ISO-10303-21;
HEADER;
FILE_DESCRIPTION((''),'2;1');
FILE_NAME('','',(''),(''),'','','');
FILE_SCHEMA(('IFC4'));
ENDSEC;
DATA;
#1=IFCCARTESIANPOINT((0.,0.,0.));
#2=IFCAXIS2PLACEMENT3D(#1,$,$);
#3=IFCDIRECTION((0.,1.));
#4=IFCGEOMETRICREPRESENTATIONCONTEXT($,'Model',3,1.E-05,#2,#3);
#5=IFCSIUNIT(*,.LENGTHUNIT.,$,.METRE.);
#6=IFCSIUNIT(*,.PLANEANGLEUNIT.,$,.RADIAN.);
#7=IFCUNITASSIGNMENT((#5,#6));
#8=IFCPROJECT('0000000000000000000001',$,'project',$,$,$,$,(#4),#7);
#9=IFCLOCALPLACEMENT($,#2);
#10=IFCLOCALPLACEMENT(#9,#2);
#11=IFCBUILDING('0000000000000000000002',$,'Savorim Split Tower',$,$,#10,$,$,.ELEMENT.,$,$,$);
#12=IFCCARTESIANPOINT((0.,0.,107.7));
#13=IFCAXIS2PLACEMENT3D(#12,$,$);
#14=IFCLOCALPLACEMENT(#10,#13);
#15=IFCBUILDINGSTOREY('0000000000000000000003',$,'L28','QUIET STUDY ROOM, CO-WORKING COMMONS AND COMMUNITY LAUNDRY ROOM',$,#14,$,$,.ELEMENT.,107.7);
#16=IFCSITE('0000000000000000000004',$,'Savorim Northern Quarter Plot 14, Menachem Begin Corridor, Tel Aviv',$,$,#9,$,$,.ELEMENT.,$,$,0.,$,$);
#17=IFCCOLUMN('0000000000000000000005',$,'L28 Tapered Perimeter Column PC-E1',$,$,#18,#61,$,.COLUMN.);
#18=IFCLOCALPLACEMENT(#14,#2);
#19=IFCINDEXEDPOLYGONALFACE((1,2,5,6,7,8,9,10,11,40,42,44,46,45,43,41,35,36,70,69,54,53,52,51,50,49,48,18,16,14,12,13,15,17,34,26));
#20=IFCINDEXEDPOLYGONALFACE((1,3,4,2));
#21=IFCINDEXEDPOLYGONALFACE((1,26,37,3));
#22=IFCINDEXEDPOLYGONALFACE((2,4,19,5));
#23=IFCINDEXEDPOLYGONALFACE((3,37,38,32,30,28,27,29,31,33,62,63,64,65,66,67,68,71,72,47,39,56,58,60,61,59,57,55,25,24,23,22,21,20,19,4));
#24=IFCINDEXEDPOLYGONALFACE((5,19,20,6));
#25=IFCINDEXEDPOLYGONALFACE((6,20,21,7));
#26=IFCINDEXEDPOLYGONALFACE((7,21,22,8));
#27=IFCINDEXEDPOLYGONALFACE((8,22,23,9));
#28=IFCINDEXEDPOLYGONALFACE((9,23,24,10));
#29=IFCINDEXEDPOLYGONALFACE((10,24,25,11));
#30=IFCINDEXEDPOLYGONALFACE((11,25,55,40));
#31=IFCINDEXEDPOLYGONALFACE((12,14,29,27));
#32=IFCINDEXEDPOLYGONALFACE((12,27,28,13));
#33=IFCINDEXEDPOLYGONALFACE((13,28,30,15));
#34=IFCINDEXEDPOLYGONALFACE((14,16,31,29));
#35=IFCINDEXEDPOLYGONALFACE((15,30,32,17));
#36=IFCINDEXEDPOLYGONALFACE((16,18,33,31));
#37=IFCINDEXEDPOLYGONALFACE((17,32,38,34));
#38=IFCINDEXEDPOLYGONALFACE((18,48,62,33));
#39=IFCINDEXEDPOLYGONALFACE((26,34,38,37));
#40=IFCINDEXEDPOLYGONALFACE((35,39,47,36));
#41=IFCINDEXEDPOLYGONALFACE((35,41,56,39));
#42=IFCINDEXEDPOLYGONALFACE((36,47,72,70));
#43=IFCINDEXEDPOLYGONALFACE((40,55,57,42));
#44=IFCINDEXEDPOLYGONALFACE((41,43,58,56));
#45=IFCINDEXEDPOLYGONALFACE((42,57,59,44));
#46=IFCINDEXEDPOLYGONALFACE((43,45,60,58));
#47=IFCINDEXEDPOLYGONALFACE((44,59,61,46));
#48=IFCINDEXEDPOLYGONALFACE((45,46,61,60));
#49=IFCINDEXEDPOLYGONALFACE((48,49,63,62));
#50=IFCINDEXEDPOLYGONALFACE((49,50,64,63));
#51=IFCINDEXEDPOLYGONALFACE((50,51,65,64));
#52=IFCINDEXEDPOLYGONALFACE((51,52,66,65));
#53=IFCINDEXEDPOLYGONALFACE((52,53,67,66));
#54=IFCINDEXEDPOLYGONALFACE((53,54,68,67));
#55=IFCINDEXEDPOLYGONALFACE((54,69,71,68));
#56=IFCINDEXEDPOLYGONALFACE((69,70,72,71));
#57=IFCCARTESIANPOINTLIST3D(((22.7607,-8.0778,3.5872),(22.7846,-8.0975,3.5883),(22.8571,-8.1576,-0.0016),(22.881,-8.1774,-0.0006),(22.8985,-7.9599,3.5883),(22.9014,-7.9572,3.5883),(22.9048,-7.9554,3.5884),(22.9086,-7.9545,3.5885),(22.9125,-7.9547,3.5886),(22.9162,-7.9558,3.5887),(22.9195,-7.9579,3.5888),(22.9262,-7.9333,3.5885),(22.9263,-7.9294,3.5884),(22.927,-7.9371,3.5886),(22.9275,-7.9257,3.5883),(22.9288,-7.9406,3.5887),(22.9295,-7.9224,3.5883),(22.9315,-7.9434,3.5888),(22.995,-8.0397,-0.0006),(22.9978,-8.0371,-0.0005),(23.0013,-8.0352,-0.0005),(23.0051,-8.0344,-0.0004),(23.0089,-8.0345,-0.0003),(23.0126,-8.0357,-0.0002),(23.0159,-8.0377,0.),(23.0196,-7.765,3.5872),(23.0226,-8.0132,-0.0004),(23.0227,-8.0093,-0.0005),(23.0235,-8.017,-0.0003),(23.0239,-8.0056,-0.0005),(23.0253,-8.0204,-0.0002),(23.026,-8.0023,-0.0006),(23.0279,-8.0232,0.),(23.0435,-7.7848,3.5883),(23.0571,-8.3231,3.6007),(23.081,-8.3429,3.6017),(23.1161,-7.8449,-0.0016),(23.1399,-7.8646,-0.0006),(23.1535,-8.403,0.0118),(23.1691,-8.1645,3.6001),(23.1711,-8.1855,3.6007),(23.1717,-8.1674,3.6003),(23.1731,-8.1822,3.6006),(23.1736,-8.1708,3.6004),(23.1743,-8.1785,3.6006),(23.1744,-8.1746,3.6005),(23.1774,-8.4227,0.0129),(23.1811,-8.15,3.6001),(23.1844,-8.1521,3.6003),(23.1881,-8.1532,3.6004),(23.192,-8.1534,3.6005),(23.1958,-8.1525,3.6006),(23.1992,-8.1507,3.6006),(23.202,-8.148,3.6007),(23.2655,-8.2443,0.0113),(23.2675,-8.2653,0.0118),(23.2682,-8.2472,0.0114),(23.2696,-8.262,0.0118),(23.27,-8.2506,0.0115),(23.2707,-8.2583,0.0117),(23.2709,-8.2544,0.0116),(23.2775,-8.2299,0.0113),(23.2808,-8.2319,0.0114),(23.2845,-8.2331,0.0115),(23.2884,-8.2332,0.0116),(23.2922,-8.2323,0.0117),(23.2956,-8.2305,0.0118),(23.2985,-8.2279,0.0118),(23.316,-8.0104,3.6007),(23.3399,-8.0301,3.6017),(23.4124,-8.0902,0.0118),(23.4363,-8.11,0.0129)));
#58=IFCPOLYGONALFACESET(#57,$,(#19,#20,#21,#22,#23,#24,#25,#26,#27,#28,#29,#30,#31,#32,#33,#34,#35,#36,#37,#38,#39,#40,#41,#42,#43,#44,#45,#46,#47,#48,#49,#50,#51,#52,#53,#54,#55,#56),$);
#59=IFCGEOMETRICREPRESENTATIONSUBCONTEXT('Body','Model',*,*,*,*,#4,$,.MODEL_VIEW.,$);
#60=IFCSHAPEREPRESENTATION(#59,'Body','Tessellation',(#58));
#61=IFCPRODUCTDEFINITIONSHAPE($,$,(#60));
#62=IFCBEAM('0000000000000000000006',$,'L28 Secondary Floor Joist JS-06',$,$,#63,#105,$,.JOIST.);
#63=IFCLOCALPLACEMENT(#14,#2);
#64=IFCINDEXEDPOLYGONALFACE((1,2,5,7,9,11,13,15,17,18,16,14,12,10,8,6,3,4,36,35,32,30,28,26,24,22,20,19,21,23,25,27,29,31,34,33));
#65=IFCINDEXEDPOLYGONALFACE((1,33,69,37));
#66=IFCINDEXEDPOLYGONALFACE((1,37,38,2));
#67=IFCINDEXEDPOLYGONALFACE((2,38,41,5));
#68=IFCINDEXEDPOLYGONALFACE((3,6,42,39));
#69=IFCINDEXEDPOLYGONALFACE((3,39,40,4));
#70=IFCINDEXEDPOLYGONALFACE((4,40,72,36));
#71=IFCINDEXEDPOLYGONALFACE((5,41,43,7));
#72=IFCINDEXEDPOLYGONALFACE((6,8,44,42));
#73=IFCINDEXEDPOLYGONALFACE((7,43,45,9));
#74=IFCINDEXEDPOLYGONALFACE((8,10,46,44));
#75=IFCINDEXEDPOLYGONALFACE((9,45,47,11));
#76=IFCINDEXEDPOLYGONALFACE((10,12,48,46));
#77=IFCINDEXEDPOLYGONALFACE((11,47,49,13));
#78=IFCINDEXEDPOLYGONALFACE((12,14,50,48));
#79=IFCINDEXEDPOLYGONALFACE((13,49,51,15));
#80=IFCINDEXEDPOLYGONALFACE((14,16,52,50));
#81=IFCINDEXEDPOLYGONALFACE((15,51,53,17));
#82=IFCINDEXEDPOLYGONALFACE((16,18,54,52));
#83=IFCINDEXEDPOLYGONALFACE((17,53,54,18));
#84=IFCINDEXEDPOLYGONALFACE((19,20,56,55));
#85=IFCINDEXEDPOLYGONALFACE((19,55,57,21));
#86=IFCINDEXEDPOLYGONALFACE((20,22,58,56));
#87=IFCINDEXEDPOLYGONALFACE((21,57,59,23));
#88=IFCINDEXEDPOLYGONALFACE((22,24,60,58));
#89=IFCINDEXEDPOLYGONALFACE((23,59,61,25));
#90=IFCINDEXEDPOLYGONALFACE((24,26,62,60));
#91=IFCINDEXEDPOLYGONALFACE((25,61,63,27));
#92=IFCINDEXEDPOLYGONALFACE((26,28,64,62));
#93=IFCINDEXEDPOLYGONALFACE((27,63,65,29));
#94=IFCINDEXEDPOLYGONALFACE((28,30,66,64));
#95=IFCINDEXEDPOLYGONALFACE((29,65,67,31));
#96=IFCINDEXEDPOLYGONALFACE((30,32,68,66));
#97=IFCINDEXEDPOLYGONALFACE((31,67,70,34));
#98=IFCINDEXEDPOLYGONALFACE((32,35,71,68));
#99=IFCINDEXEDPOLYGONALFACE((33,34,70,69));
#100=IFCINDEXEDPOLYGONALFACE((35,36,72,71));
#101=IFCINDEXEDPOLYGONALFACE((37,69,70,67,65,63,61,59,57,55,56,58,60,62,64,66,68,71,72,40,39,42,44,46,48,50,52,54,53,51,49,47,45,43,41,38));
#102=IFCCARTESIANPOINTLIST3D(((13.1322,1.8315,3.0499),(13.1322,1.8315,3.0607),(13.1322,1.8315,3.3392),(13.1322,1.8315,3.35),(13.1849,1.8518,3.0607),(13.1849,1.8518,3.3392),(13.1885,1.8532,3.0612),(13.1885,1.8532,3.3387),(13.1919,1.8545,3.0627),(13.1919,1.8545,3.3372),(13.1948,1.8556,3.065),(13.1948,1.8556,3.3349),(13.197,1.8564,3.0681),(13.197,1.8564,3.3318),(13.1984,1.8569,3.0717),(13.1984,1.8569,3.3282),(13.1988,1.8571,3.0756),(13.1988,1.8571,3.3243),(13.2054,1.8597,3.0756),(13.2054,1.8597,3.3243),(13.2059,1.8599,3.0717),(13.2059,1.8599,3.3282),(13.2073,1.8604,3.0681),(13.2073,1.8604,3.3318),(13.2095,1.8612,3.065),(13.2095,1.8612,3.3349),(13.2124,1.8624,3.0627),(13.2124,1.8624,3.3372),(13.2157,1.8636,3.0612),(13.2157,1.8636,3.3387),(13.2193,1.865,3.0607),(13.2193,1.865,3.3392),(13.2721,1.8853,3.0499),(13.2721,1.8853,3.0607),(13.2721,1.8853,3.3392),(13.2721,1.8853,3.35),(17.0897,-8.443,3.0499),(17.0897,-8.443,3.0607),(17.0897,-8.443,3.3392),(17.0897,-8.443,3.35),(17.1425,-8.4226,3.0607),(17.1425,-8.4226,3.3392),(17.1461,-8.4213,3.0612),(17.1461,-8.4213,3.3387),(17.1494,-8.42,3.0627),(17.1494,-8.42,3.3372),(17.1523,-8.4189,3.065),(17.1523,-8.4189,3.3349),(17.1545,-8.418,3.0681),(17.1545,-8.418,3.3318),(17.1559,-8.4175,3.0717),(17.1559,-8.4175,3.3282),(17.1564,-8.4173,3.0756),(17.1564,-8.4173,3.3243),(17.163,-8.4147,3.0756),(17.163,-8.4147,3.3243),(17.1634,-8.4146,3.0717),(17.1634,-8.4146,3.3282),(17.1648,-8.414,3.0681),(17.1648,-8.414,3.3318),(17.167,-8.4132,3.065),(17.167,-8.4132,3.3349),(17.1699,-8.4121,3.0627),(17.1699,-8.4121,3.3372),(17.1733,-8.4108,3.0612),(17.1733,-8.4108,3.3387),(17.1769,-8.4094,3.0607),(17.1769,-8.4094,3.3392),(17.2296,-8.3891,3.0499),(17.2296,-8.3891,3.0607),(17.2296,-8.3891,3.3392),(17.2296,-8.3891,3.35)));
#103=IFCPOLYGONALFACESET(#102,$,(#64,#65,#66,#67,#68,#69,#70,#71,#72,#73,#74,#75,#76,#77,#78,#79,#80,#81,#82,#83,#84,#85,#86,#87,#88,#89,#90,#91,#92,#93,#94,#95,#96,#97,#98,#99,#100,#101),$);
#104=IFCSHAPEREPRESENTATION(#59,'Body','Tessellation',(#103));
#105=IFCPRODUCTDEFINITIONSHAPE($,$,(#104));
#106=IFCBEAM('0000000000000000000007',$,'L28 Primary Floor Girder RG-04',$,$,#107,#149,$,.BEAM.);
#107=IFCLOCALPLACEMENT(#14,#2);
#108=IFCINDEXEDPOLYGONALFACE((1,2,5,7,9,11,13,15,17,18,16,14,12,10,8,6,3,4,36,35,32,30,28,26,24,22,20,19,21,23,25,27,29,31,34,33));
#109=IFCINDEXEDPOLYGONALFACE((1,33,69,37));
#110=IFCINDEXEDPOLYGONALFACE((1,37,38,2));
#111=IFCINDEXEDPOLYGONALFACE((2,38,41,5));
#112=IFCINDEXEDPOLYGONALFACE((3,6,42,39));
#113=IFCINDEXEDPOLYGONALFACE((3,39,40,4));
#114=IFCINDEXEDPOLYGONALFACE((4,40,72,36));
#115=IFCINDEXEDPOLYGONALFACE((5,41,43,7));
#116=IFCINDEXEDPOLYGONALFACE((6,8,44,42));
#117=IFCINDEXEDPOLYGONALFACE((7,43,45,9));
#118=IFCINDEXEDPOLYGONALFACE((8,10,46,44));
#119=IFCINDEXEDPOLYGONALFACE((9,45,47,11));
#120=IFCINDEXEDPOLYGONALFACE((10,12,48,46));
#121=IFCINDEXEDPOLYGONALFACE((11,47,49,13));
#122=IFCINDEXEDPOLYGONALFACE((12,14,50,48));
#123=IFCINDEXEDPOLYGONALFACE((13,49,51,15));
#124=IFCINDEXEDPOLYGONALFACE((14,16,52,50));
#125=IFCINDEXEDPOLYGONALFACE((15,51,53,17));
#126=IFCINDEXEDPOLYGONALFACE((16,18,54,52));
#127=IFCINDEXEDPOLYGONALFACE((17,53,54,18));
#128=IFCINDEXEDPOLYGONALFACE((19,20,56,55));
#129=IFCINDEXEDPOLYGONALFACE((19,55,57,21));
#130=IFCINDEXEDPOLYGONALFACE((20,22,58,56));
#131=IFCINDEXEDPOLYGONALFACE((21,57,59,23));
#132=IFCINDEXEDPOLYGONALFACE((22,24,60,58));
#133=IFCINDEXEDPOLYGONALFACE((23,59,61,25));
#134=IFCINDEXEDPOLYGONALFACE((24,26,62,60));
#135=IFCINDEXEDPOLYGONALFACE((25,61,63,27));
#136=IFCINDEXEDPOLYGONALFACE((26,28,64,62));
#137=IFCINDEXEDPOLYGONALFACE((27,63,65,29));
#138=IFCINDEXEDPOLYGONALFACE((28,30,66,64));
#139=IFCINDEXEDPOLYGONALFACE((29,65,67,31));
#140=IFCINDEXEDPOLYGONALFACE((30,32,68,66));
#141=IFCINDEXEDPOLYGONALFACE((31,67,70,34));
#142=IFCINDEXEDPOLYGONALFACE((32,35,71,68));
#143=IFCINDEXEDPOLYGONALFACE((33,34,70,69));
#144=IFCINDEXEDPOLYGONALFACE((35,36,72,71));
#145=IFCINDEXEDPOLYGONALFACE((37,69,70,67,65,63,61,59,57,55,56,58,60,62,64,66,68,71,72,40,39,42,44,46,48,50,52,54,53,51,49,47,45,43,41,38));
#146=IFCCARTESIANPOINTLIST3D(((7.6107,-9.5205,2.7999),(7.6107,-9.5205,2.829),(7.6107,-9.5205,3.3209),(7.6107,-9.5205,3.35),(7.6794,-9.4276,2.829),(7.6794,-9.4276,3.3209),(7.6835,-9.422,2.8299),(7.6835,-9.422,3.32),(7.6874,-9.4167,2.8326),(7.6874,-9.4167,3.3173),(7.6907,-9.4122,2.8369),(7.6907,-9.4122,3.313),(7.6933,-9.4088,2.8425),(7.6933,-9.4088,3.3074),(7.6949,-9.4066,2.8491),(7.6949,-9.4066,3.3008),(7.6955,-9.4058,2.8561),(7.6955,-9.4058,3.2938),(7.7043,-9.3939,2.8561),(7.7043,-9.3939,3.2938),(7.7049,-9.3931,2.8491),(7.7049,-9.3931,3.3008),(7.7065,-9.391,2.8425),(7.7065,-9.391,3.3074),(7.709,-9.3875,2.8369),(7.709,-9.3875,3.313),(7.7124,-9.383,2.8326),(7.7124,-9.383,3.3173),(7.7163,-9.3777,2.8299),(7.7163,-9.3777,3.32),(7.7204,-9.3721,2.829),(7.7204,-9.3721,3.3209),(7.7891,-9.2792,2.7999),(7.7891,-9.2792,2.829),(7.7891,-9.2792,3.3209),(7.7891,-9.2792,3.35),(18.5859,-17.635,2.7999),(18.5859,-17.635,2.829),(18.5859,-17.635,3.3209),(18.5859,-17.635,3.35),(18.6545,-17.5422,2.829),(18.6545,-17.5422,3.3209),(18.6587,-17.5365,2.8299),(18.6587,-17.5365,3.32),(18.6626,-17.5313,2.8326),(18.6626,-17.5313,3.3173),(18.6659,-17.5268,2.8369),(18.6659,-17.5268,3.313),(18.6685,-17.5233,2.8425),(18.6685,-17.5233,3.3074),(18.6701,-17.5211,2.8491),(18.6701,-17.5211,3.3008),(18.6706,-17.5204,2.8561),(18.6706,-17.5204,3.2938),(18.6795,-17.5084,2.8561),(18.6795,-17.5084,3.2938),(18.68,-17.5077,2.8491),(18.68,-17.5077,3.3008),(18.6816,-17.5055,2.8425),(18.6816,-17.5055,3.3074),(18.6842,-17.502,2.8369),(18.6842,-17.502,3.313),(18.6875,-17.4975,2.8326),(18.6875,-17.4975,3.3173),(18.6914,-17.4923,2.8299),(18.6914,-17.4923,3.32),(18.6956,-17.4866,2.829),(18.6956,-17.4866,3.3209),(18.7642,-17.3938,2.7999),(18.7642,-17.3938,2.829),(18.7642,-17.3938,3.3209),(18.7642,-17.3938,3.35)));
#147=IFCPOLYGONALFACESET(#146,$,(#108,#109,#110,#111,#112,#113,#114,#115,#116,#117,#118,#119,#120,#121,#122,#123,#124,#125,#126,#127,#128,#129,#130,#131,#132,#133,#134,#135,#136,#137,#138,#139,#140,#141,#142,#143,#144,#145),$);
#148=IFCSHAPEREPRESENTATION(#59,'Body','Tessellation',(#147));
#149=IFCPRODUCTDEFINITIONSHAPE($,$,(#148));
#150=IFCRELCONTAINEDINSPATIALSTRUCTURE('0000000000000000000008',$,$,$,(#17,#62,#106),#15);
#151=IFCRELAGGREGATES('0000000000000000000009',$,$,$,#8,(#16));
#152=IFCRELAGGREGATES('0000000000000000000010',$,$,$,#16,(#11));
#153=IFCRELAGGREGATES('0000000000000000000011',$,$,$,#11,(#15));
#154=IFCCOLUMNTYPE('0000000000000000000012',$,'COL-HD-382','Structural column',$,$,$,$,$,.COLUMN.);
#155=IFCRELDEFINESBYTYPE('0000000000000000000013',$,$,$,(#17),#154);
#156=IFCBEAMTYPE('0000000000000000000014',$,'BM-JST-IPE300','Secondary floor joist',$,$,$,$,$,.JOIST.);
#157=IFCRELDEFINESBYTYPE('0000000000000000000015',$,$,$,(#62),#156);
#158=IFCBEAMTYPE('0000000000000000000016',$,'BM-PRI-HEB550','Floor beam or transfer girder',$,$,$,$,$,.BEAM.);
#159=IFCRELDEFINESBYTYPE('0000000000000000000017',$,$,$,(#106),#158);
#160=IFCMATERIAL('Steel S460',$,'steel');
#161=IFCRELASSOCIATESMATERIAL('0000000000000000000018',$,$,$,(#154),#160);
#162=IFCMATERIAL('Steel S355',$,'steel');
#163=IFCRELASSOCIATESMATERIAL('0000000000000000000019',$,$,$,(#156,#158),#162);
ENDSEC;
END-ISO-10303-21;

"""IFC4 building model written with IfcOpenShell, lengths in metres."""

from ifc_helpers import new_model, si_unit, direction, frame, origin, origin_2d, place, context, subcontext, project, spatial, i_section, extrude, material, material_profile, profile_set, type_object, element, save


model = new_model("IFC4")

# Units and contexts
model_context = context("Model", 3, precision=1e-05, world=origin(), true_north=direction((0.0, 1.0)))
body_context = subcontext(model_context, "Body", "Model", "MODEL_VIEW")
ifc_project = project(units=[si_unit("LENGTHUNIT", "METRE"), si_unit("PLANEANGLEUNIT", "RADIAN")], contexts=[model_context])

# Site, building, storey
site_placement = place(None, origin())
site = spatial("IfcSite", under=ifc_project, at=site_placement, Name="Savorim Northern Quarter Plot 14, Menachem Begin Corridor, Tel Aviv", CompositionType="ELEMENT", RefElevation=0.0)
building_placement = place(site_placement, origin())
building = spatial("IfcBuilding", under=site, at=building_placement, Name="Savorim Split Tower", CompositionType="ELEMENT")
storey_placement = place(building_placement, frame((0.0, 0.0, 107.7)))
storey = spatial("IfcBuildingStorey", under=building, at=storey_placement, Name="L28", Description="QUIET STUDY ROOM, CO-WORKING COMMONS AND COMMUNITY LAUNDRY ROOM", CompositionType="ELEMENT", Elevation=107.7)

# Column
ifc_material_1 = material(Name="Steel S460", Category="steel")
ifc_material_profile_1 = material_profile(ifc_material_1, i_section(OverallWidth=0.406, OverallDepth=0.416, WebThickness=0.0188, FlangeThickness=0.031, FilletRadius=0.0149, at=origin_2d()), Name="HD 400x382")
ifc_profile_set_1 = profile_set([ifc_material_profile_1], Name="Steel S460")
column_type = type_object("IfcColumnType", Name="COL-HD-382", Description="Structural column", PredefinedType="COLUMN", material=ifc_profile_set_1)
column_placement = place(storey_placement, frame((23.1467, -8.1338, 0.0056), z_axis=(-0.026854, 0.022231, 0.999392), x_axis=(-0.637687, -0.770295, 0.0)))
element("IfcColumn", 1, at=column_placement, inside=storey, type_object=column_type, Name="L28 Tapered Perimeter Column PC-E1", PredefinedType="COLUMN", context=body_context, shape_type="SweptSolid", body=[
    extrude(i_section(OverallWidth=0.406, OverallDepth=0.416, WebThickness=0.0188, FlangeThickness=0.031, FilletRadius=0.0149, at=origin_2d()), origin(), (0.0, 0.0, 1.0), 3.5911),
])

# Beams
ifc_material_2 = material(Name="Steel S355", Category="steel")
ifc_material_profile_2 = material_profile(ifc_material_2, i_section(OverallWidth=0.1499, OverallDepth=0.3, WebThickness=0.0071, FlangeThickness=0.0107, FilletRadius=0.0149, at=origin_2d()), Name="IPE 300")
ifc_profile_set_2 = profile_set([ifc_material_profile_2], Name="Steel S355")
beam_type_1 = type_object("IfcBeamType", Name="BM-JST-IPE300", Description="Secondary floor joist", PredefinedType="JOIST", material=ifc_profile_set_2)
beam_1_placement = place(storey_placement, frame((17.1597, -8.416, 3.2), z_axis=(-0.35944, 0.933168, 0.0), x_axis=(-0.933168, -0.35944, 0.0)))
element("IfcBeam", 2, at=beam_1_placement, inside=storey, type_object=beam_type_1, Name="L28 Secondary Floor Joist JS-06", PredefinedType="JOIST", context=body_context, shape_type="SweptSolid", body=[
    extrude(i_section(OverallWidth=0.1499, OverallDepth=0.3, WebThickness=0.0071, FlangeThickness=0.0107, FilletRadius=0.0149, at=origin_2d()), origin(), (0.0, 0.0, 1.0), 11.0103),
])
ifc_material_profile_3 = material_profile(ifc_material_2, i_section(OverallWidth=0.3, OverallDepth=0.55, WebThickness=0.0149, FlangeThickness=0.0291, FilletRadius=0.0271, at=origin_2d()), Name="HEB 550")
ifc_profile_set_3 = profile_set([ifc_material_profile_3], Name="Steel S355")
beam_type_2 = type_object("IfcBeamType", Name="BM-PRI-HEB550", Description="Floor beam or transfer girder", PredefinedType="BEAM", material=ifc_profile_set_3)
beam_2_placement = place(storey_placement, frame((18.675, -17.5144, 3.075), z_axis=(-0.80409, 0.594508, 0.0), x_axis=(-0.594508, -0.80409, 0.0)))
element("IfcBeam", 3, at=beam_2_placement, inside=storey, type_object=beam_type_2, Name="L28 Primary Floor Girder RG-04", PredefinedType="BEAM", context=body_context, shape_type="SweptSolid", body=[
    extrude(i_section(OverallWidth=0.3, OverallDepth=0.55, WebThickness=0.0149, FlangeThickness=0.0291, FilletRadius=0.0271, at=origin_2d()), origin(), (0.0, 0.0, 1.0), 13.6492),
])

save(model, "model.ifc")
